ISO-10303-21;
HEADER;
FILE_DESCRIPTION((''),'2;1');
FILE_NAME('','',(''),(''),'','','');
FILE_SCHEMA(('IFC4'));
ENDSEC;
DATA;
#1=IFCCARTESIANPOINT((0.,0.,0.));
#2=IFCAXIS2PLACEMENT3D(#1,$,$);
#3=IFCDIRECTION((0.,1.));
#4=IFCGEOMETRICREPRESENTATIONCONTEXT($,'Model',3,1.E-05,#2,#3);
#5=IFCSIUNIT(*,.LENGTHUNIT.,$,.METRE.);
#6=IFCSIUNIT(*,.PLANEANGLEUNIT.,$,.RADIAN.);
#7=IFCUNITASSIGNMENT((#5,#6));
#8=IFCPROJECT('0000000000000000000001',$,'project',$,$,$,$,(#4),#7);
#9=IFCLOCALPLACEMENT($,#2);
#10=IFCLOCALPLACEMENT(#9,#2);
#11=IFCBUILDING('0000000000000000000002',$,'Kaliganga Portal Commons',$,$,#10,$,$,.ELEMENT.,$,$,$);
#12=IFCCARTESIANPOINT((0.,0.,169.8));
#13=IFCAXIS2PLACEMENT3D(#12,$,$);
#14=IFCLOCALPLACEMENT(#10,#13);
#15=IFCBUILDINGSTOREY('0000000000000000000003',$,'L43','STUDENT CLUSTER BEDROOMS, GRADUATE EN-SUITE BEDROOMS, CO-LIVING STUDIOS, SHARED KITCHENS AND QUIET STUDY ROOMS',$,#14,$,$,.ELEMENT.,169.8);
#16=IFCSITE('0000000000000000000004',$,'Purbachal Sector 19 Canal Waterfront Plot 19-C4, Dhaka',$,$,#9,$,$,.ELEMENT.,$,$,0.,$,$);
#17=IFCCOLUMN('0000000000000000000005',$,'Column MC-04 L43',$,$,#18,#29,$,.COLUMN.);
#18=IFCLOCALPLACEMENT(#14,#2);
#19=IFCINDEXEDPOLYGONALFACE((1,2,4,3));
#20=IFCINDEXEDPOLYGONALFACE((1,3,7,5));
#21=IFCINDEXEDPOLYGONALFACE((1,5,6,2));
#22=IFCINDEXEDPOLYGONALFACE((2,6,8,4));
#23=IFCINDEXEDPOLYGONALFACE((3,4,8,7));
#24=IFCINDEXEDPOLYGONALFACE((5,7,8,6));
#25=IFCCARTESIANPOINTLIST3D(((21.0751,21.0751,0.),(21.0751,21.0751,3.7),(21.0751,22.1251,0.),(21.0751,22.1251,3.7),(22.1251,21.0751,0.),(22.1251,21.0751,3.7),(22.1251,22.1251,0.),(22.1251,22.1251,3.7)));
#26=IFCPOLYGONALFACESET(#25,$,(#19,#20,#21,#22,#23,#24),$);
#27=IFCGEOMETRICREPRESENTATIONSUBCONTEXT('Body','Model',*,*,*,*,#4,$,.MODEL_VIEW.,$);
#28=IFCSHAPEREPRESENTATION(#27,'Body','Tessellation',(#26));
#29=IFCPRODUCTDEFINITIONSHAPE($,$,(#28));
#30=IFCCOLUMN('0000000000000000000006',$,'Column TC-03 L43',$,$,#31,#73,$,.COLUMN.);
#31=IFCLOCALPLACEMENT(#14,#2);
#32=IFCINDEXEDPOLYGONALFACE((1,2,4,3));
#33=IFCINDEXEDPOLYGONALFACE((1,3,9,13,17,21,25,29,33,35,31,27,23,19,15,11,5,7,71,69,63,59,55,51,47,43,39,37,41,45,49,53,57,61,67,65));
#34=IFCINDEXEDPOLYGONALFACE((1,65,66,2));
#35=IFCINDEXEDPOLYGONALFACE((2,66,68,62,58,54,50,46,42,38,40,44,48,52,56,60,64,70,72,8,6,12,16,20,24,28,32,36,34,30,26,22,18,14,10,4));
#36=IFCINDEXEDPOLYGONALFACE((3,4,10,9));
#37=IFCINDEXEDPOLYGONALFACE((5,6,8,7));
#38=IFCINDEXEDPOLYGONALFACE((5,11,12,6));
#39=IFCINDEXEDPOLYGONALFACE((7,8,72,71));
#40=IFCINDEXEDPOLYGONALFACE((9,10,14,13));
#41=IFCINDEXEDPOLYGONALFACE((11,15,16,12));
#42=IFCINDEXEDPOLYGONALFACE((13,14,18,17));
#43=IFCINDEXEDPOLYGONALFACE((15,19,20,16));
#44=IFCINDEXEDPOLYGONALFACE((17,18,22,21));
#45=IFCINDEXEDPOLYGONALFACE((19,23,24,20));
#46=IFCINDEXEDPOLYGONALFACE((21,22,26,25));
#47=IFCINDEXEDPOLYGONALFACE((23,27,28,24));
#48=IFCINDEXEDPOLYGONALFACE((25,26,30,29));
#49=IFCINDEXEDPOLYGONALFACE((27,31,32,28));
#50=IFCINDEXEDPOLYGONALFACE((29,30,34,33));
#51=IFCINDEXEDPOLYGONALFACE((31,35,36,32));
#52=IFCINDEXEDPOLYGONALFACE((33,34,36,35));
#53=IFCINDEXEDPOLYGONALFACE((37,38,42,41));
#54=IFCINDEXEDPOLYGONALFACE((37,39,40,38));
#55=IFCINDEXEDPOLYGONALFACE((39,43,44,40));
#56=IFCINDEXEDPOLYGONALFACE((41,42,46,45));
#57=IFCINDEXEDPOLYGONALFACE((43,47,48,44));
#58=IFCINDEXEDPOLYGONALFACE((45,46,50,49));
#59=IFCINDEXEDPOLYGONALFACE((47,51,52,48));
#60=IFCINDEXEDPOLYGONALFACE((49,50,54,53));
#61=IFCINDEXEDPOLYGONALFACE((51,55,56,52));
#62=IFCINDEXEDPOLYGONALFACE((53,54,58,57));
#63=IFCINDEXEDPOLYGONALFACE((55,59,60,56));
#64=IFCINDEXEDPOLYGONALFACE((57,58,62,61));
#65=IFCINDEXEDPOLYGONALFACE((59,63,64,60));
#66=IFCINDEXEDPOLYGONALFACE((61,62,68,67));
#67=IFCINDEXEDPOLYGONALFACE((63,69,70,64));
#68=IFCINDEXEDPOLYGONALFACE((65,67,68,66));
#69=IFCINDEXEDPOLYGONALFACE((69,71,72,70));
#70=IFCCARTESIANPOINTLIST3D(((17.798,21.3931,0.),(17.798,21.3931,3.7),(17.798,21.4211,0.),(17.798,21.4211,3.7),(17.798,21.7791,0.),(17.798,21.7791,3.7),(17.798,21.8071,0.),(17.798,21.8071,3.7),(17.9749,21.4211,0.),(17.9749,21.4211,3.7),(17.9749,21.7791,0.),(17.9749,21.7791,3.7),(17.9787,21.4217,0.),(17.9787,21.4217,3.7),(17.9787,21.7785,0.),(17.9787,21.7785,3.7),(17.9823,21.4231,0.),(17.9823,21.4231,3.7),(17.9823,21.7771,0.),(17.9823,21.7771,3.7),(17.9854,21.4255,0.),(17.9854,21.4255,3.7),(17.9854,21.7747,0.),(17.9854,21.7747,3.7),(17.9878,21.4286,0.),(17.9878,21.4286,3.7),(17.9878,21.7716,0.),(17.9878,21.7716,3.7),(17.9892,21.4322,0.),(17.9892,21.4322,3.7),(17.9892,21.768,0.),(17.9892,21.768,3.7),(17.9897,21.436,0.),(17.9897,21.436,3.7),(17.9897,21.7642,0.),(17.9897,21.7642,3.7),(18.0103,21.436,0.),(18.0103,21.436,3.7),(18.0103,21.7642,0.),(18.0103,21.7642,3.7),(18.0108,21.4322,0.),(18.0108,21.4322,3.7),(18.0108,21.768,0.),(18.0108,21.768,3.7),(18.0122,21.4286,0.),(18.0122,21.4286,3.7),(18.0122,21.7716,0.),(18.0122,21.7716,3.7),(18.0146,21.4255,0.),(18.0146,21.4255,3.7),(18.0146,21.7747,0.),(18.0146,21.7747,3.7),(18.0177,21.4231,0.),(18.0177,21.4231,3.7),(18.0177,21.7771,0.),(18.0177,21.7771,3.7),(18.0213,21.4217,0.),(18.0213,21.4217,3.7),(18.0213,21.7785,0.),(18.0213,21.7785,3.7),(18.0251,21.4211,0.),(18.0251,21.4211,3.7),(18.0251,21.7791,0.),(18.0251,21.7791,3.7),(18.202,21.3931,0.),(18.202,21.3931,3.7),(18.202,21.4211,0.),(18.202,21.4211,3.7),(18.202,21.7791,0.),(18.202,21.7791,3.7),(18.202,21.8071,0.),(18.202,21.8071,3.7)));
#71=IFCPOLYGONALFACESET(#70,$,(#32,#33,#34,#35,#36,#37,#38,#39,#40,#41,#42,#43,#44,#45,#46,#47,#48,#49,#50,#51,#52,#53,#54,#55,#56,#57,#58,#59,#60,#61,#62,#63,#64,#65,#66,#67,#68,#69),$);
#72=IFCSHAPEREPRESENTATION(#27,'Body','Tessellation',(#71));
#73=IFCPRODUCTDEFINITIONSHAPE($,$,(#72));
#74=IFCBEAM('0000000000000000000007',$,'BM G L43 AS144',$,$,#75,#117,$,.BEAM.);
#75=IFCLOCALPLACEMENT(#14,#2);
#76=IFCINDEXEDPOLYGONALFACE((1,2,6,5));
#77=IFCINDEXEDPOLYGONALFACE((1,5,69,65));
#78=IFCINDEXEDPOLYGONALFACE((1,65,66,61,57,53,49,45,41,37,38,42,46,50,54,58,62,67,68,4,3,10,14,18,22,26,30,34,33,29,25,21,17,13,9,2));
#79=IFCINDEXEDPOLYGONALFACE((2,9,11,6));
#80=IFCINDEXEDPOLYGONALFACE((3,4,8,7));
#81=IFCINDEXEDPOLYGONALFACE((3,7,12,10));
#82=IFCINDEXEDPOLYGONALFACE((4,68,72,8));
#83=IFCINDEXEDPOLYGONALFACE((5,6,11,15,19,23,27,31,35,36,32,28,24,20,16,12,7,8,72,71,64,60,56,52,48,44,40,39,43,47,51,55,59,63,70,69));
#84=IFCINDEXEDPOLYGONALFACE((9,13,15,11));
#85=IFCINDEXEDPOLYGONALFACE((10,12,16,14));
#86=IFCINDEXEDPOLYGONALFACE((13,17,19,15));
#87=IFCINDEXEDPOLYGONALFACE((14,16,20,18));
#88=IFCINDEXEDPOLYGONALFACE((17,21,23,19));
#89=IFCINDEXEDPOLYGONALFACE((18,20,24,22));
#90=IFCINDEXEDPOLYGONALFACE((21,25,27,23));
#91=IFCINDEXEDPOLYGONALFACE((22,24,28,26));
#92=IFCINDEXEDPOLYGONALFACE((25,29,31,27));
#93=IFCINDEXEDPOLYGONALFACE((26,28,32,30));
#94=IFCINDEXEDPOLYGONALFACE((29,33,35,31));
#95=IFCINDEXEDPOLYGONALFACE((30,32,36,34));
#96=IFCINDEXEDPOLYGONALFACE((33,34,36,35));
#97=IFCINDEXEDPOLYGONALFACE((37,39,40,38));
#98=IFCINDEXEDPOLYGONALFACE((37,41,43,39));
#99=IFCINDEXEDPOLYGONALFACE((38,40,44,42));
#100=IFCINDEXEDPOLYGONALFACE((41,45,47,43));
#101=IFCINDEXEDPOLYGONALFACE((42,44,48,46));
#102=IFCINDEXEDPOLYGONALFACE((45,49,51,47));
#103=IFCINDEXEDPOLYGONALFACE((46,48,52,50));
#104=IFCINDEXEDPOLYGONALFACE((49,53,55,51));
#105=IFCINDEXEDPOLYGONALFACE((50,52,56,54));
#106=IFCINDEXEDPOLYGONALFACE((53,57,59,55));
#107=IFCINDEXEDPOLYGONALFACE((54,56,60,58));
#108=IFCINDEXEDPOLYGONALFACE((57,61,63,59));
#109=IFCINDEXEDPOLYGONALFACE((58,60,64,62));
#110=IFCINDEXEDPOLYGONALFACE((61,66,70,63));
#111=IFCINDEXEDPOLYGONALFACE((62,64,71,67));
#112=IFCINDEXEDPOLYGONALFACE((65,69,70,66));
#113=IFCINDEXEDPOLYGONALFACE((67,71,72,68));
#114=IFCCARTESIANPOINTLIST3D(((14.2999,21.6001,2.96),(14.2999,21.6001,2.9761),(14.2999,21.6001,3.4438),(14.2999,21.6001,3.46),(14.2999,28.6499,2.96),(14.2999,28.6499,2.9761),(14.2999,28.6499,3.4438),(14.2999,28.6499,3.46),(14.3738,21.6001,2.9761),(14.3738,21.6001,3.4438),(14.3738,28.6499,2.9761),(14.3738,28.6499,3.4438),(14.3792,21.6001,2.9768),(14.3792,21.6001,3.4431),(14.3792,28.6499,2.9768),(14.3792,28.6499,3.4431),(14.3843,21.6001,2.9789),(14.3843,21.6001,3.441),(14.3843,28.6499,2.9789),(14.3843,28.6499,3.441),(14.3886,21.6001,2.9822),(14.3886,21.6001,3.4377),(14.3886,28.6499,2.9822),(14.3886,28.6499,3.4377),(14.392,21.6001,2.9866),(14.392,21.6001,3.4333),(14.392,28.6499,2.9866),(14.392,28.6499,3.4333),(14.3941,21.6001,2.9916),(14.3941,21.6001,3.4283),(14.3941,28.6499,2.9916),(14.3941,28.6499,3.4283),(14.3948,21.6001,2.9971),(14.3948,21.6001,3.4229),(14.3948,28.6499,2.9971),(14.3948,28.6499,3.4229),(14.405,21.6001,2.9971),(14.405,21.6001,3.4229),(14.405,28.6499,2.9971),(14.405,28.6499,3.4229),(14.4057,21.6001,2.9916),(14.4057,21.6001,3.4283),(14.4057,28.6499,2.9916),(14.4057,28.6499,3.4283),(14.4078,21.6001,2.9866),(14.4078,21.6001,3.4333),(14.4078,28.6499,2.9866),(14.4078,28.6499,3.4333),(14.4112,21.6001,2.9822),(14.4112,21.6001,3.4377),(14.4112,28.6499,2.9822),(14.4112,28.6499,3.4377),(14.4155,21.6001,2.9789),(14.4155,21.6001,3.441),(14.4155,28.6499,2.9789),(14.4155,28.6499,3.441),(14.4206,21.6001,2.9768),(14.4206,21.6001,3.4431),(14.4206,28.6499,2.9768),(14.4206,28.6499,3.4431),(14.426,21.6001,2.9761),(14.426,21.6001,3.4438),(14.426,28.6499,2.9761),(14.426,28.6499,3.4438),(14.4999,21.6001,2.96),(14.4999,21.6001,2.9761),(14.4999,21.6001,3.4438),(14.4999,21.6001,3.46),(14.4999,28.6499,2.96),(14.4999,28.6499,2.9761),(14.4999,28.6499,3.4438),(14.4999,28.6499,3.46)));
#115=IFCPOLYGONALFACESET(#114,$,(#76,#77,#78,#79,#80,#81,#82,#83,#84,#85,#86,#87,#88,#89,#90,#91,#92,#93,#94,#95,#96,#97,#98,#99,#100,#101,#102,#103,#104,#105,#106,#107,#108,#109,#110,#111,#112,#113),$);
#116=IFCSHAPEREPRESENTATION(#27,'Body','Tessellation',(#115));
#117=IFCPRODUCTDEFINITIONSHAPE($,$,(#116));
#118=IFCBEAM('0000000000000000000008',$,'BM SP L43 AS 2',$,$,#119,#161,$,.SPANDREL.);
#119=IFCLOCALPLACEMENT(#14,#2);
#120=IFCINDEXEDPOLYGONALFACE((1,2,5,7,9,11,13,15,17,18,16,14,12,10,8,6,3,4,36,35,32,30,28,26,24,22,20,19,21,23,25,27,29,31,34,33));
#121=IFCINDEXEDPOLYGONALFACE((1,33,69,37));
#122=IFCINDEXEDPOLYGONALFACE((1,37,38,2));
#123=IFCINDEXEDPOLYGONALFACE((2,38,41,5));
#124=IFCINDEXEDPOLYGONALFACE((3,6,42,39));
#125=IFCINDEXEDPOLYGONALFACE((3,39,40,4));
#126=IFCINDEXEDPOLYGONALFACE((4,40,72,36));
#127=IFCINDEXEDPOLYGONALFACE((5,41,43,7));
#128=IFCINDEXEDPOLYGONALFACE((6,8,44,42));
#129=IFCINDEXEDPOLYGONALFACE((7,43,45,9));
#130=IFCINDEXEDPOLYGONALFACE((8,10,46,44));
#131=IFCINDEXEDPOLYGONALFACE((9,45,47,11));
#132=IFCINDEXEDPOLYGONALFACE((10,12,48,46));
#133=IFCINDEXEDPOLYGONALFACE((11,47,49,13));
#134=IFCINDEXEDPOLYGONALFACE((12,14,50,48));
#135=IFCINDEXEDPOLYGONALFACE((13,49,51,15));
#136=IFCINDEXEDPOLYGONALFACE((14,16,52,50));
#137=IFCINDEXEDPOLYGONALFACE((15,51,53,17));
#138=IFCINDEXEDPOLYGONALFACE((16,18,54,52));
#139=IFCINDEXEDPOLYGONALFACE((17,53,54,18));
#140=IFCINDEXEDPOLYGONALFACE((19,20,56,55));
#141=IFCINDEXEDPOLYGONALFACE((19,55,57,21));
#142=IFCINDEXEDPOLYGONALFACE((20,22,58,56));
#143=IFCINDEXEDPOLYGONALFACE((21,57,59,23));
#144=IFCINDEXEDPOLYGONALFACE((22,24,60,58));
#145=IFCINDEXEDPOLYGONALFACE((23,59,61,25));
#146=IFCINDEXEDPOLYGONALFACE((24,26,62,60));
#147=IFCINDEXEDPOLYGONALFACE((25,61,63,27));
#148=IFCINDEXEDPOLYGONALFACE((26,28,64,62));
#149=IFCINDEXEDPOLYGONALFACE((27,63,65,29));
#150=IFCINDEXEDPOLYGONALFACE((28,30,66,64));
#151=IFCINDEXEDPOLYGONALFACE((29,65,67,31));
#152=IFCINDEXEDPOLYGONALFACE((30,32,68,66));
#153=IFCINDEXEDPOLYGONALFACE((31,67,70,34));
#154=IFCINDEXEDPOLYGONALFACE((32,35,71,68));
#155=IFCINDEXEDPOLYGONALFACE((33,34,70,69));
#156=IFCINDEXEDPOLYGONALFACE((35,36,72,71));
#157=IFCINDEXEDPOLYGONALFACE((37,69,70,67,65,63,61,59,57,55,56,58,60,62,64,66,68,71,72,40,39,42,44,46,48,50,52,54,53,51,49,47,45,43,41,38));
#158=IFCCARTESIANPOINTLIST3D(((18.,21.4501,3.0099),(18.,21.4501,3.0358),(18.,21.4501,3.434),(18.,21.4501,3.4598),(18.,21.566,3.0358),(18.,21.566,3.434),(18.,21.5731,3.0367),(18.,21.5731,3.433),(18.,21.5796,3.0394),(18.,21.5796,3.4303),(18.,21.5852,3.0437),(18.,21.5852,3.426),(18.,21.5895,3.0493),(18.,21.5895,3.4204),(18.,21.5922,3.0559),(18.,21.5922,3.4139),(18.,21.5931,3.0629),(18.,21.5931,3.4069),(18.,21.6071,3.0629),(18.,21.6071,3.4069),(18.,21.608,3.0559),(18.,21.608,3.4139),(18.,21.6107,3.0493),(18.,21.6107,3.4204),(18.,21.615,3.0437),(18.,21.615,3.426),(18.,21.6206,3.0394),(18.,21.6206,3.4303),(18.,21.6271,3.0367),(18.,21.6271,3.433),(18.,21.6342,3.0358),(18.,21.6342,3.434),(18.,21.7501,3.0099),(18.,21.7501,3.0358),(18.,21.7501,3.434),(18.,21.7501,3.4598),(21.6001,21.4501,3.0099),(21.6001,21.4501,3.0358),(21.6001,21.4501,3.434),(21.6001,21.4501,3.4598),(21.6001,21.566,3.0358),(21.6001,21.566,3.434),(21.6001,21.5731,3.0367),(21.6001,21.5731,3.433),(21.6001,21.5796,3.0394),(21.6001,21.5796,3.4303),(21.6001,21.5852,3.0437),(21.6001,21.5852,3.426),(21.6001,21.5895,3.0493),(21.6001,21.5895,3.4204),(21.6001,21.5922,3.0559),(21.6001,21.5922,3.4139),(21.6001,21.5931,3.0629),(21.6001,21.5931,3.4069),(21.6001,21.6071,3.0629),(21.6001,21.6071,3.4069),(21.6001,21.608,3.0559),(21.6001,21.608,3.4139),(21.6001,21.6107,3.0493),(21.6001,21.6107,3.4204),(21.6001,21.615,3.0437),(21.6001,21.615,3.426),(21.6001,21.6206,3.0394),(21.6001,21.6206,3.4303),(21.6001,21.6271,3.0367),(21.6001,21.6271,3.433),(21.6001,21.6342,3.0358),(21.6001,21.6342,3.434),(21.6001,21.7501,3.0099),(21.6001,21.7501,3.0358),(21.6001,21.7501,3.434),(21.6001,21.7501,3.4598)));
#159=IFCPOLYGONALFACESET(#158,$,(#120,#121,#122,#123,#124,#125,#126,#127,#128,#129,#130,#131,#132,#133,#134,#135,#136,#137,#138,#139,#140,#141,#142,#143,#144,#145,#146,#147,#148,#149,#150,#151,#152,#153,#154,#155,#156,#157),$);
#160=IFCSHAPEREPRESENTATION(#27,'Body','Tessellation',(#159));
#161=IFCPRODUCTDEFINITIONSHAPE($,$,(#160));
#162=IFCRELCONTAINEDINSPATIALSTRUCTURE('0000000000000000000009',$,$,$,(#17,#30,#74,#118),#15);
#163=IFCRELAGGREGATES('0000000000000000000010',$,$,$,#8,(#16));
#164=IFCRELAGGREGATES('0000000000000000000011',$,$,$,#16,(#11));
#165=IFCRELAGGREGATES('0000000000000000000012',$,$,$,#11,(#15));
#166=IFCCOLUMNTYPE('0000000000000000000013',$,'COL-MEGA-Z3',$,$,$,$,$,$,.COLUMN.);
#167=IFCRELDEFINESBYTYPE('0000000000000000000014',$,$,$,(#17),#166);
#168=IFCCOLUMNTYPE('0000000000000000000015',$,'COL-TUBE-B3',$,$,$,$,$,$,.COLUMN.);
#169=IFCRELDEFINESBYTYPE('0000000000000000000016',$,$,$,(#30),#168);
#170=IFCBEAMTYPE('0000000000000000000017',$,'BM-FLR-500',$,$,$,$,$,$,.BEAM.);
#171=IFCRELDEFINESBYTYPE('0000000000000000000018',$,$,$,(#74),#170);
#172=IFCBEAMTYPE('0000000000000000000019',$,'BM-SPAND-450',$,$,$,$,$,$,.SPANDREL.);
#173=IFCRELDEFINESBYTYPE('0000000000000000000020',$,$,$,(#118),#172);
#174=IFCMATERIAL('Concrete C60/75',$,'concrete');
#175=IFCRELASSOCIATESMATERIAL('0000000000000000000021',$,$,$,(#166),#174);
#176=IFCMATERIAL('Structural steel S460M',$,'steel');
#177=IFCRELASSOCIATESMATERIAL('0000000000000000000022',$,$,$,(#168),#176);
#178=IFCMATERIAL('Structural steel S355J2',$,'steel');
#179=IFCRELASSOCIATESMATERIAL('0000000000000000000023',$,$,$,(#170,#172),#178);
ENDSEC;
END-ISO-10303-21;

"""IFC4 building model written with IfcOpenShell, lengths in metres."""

from ifc_helpers import new_model, si_unit, direction, frame, origin, origin_2d, place, context, subcontext, project, spatial, rectangle, i_section, extrude, source, transform, mapped, material, material_profile, profile_set, type_object, element, save


model = new_model("IFC4")

# Units and contexts
model_context = context("Model", 3, precision=1e-05, world=origin(), true_north=direction((0.0, 1.0)))
body_context = subcontext(model_context, "Body", "Model", "MODEL_VIEW")
ifc_project = project(units=[si_unit("LENGTHUNIT", "METRE"), si_unit("PLANEANGLEUNIT", "RADIAN")], contexts=[model_context])

# Site, building, storey
site_placement = place(None, origin())
site = spatial("IfcSite", under=ifc_project, at=site_placement, Name="Purbachal Sector 19 Canal Waterfront Plot 19-C4, Dhaka", CompositionType="ELEMENT", RefElevation=0.0)
building_placement = place(site_placement, origin())
building = spatial("IfcBuilding", under=site, at=building_placement, Name="Kaliganga Portal Commons", CompositionType="ELEMENT")
storey_placement = place(building_placement, frame((0.0, 0.0, 169.8)))
storey = spatial("IfcBuildingStorey", under=building, at=storey_placement, Name="L43", Description="STUDENT CLUSTER BEDROOMS, GRADUATE EN-SUITE BEDROOMS, CO-LIVING STUDIOS, SHARED KITCHENS AND QUIET STUDY ROOMS", CompositionType="ELEMENT", Elevation=169.8)

# Columns
ifc_material_1 = material(Name="Concrete C60/75", Category="concrete")
ifc_material_profile_1 = material_profile(ifc_material_1, rectangle(XDim=1.05, YDim=1.05, at=origin_2d()), Name="RC 1050x1050")
ifc_profile_set_1 = profile_set([ifc_material_profile_1], Name="Concrete C60/75")
column_type_1 = type_object("IfcColumnType", Name="COL-MEGA-Z3", PredefinedType="COLUMN", material=ifc_profile_set_1)
shared_shape_1 = source(origin(), body_context, "Body", "SweptSolid", [
    extrude(rectangle(XDim=1.05, YDim=1.05, at=origin_2d()), origin(), (0.0, 0.0, 1.0), 3.7),
])
column_1_placement = place(storey_placement, frame((21.6001, 21.6001, 0.0), z_axis=(0.0, 0.0, 1.0), x_axis=(1.0, 0.0, 0.0)))
element("IfcColumn", 1, at=column_1_placement, inside=storey, type_object=column_type_1, Name="Column MC-04 L43", PredefinedType="COLUMN", context=body_context, shape_type="MappedRepresentation", body=[
    mapped(shared_shape_1, transform((0.0, 0.0, 0.0), x_axis=(1.0, 0.0, 0.0), y_axis=(0.0, 1.0, 0.0), z_axis=(0.0, 0.0, 1.0), scale=1.0)),
])
ifc_material_2 = material(Name="Structural steel S460M", Category="steel")
ifc_material_profile_2 = material_profile(ifc_material_2, i_section(OverallWidth=0.4041, OverallDepth=0.4141, WebThickness=0.0205, FlangeThickness=0.0281, FilletRadius=0.0149, at=origin_2d()), Name="HD 400x347")
ifc_profile_set_2 = profile_set([ifc_material_profile_2], Name="Structural steel S460M wide-flange")
column_type_2 = type_object("IfcColumnType", Name="COL-TUBE-B3", PredefinedType="COLUMN", material=ifc_profile_set_2)
shared_shape_2 = source(origin(), body_context, "Body", "SweptSolid", [
    extrude(i_section(OverallWidth=0.4041, OverallDepth=0.4141, WebThickness=0.0205, FlangeThickness=0.0281, FilletRadius=0.0149, at=origin_2d()), origin(), (0.0, 0.0, 1.0), 3.7),
])
column_2_placement = place(storey_placement, frame((18.0, 21.6001, 0.0), z_axis=(0.0, 0.0, 1.0), x_axis=(1.0, 0.0, 0.0)))
element("IfcColumn", 2, at=column_2_placement, inside=storey, type_object=column_type_2, Name="Column TC-03 L43", PredefinedType="COLUMN", context=body_context, shape_type="MappedRepresentation", body=[
    mapped(shared_shape_2, transform((0.0, 0.0, 0.0), x_axis=(1.0, 0.0, 0.0), y_axis=(0.0, 1.0, 0.0), z_axis=(0.0, 0.0, 1.0), scale=1.0)),
])

# Beams
ifc_material_3 = material(Name="Structural steel S355J2", Category="steel")
ifc_material_profile_3 = material_profile(ifc_material_3, i_section(OverallWidth=0.2, OverallDepth=0.5, WebThickness=0.0103, FlangeThickness=0.0161, FilletRadius=0.021, at=origin_2d()), Name="IPE 500")
ifc_profile_set_3 = profile_set([ifc_material_profile_3], Name="Structural steel S355J2 wide-flange")
beam_type_1 = type_object("IfcBeamType", Name="BM-FLR-500", PredefinedType="BEAM", material=ifc_profile_set_3)
shared_shape_3 = source(origin(), body_context, "Body", "SweptSolid", [
    extrude(i_section(OverallWidth=0.2, OverallDepth=0.5, WebThickness=0.0103, FlangeThickness=0.0161, FilletRadius=0.021, at=origin_2d()), origin(), (0.0, 0.0, 1.0), 7.0498),
])
beam_1_placement = place(storey_placement, frame((14.3999, 21.6001, 3.21), z_axis=(0.0, 1.0, 0.0), x_axis=(-1.0, 0.0, 0.0)))
element("IfcBeam", 3, at=beam_1_placement, inside=storey, type_object=beam_type_1, Name="BM G L43 AS144", PredefinedType="BEAM", context=body_context, shape_type="MappedRepresentation", body=[
    mapped(shared_shape_3, transform((0.0, 0.0, 0.0), x_axis=(1.0, 0.0, 0.0), y_axis=(0.0, 1.0, 0.0), z_axis=(0.0, 0.0, 1.0), scale=1.0)),
])
ifc_material_profile_4 = material_profile(ifc_material_3, i_section(OverallWidth=0.3, OverallDepth=0.45, WebThickness=0.0139, FlangeThickness=0.0259, FilletRadius=0.0271, at=origin_2d()), Name="HE 450 B")
ifc_profile_set_4 = profile_set([ifc_material_profile_4], Name="Structural steel S355J2 wide-flange")
beam_type_2 = type_object("IfcBeamType", Name="BM-SPAND-450", PredefinedType="SPANDREL", material=ifc_profile_set_4)
shared_shape_4 = source(origin(), body_context, "Body", "SweptSolid", [
    extrude(i_section(OverallWidth=0.3, OverallDepth=0.45, WebThickness=0.0139, FlangeThickness=0.0259, FilletRadius=0.0271, at=origin_2d()), origin(), (0.0, 0.0, 1.0), 3.6001),
])
beam_2_placement = place(storey_placement, frame((18.0, 21.6001, 3.2349), z_axis=(1.0, 0.0, 0.0), x_axis=(0.0, 1.0, 0.0)))
element("IfcBeam", 4, at=beam_2_placement, inside=storey, type_object=beam_type_2, Name="BM SP L43 AS 2", PredefinedType="SPANDREL", context=body_context, shape_type="MappedRepresentation", body=[
    mapped(shared_shape_4, transform((0.0, 0.0, 0.0), x_axis=(1.0, 0.0, 0.0), y_axis=(0.0, 1.0, 0.0), z_axis=(0.0, 0.0, 1.0), scale=1.0)),
])

save(model, "model.ifc")
